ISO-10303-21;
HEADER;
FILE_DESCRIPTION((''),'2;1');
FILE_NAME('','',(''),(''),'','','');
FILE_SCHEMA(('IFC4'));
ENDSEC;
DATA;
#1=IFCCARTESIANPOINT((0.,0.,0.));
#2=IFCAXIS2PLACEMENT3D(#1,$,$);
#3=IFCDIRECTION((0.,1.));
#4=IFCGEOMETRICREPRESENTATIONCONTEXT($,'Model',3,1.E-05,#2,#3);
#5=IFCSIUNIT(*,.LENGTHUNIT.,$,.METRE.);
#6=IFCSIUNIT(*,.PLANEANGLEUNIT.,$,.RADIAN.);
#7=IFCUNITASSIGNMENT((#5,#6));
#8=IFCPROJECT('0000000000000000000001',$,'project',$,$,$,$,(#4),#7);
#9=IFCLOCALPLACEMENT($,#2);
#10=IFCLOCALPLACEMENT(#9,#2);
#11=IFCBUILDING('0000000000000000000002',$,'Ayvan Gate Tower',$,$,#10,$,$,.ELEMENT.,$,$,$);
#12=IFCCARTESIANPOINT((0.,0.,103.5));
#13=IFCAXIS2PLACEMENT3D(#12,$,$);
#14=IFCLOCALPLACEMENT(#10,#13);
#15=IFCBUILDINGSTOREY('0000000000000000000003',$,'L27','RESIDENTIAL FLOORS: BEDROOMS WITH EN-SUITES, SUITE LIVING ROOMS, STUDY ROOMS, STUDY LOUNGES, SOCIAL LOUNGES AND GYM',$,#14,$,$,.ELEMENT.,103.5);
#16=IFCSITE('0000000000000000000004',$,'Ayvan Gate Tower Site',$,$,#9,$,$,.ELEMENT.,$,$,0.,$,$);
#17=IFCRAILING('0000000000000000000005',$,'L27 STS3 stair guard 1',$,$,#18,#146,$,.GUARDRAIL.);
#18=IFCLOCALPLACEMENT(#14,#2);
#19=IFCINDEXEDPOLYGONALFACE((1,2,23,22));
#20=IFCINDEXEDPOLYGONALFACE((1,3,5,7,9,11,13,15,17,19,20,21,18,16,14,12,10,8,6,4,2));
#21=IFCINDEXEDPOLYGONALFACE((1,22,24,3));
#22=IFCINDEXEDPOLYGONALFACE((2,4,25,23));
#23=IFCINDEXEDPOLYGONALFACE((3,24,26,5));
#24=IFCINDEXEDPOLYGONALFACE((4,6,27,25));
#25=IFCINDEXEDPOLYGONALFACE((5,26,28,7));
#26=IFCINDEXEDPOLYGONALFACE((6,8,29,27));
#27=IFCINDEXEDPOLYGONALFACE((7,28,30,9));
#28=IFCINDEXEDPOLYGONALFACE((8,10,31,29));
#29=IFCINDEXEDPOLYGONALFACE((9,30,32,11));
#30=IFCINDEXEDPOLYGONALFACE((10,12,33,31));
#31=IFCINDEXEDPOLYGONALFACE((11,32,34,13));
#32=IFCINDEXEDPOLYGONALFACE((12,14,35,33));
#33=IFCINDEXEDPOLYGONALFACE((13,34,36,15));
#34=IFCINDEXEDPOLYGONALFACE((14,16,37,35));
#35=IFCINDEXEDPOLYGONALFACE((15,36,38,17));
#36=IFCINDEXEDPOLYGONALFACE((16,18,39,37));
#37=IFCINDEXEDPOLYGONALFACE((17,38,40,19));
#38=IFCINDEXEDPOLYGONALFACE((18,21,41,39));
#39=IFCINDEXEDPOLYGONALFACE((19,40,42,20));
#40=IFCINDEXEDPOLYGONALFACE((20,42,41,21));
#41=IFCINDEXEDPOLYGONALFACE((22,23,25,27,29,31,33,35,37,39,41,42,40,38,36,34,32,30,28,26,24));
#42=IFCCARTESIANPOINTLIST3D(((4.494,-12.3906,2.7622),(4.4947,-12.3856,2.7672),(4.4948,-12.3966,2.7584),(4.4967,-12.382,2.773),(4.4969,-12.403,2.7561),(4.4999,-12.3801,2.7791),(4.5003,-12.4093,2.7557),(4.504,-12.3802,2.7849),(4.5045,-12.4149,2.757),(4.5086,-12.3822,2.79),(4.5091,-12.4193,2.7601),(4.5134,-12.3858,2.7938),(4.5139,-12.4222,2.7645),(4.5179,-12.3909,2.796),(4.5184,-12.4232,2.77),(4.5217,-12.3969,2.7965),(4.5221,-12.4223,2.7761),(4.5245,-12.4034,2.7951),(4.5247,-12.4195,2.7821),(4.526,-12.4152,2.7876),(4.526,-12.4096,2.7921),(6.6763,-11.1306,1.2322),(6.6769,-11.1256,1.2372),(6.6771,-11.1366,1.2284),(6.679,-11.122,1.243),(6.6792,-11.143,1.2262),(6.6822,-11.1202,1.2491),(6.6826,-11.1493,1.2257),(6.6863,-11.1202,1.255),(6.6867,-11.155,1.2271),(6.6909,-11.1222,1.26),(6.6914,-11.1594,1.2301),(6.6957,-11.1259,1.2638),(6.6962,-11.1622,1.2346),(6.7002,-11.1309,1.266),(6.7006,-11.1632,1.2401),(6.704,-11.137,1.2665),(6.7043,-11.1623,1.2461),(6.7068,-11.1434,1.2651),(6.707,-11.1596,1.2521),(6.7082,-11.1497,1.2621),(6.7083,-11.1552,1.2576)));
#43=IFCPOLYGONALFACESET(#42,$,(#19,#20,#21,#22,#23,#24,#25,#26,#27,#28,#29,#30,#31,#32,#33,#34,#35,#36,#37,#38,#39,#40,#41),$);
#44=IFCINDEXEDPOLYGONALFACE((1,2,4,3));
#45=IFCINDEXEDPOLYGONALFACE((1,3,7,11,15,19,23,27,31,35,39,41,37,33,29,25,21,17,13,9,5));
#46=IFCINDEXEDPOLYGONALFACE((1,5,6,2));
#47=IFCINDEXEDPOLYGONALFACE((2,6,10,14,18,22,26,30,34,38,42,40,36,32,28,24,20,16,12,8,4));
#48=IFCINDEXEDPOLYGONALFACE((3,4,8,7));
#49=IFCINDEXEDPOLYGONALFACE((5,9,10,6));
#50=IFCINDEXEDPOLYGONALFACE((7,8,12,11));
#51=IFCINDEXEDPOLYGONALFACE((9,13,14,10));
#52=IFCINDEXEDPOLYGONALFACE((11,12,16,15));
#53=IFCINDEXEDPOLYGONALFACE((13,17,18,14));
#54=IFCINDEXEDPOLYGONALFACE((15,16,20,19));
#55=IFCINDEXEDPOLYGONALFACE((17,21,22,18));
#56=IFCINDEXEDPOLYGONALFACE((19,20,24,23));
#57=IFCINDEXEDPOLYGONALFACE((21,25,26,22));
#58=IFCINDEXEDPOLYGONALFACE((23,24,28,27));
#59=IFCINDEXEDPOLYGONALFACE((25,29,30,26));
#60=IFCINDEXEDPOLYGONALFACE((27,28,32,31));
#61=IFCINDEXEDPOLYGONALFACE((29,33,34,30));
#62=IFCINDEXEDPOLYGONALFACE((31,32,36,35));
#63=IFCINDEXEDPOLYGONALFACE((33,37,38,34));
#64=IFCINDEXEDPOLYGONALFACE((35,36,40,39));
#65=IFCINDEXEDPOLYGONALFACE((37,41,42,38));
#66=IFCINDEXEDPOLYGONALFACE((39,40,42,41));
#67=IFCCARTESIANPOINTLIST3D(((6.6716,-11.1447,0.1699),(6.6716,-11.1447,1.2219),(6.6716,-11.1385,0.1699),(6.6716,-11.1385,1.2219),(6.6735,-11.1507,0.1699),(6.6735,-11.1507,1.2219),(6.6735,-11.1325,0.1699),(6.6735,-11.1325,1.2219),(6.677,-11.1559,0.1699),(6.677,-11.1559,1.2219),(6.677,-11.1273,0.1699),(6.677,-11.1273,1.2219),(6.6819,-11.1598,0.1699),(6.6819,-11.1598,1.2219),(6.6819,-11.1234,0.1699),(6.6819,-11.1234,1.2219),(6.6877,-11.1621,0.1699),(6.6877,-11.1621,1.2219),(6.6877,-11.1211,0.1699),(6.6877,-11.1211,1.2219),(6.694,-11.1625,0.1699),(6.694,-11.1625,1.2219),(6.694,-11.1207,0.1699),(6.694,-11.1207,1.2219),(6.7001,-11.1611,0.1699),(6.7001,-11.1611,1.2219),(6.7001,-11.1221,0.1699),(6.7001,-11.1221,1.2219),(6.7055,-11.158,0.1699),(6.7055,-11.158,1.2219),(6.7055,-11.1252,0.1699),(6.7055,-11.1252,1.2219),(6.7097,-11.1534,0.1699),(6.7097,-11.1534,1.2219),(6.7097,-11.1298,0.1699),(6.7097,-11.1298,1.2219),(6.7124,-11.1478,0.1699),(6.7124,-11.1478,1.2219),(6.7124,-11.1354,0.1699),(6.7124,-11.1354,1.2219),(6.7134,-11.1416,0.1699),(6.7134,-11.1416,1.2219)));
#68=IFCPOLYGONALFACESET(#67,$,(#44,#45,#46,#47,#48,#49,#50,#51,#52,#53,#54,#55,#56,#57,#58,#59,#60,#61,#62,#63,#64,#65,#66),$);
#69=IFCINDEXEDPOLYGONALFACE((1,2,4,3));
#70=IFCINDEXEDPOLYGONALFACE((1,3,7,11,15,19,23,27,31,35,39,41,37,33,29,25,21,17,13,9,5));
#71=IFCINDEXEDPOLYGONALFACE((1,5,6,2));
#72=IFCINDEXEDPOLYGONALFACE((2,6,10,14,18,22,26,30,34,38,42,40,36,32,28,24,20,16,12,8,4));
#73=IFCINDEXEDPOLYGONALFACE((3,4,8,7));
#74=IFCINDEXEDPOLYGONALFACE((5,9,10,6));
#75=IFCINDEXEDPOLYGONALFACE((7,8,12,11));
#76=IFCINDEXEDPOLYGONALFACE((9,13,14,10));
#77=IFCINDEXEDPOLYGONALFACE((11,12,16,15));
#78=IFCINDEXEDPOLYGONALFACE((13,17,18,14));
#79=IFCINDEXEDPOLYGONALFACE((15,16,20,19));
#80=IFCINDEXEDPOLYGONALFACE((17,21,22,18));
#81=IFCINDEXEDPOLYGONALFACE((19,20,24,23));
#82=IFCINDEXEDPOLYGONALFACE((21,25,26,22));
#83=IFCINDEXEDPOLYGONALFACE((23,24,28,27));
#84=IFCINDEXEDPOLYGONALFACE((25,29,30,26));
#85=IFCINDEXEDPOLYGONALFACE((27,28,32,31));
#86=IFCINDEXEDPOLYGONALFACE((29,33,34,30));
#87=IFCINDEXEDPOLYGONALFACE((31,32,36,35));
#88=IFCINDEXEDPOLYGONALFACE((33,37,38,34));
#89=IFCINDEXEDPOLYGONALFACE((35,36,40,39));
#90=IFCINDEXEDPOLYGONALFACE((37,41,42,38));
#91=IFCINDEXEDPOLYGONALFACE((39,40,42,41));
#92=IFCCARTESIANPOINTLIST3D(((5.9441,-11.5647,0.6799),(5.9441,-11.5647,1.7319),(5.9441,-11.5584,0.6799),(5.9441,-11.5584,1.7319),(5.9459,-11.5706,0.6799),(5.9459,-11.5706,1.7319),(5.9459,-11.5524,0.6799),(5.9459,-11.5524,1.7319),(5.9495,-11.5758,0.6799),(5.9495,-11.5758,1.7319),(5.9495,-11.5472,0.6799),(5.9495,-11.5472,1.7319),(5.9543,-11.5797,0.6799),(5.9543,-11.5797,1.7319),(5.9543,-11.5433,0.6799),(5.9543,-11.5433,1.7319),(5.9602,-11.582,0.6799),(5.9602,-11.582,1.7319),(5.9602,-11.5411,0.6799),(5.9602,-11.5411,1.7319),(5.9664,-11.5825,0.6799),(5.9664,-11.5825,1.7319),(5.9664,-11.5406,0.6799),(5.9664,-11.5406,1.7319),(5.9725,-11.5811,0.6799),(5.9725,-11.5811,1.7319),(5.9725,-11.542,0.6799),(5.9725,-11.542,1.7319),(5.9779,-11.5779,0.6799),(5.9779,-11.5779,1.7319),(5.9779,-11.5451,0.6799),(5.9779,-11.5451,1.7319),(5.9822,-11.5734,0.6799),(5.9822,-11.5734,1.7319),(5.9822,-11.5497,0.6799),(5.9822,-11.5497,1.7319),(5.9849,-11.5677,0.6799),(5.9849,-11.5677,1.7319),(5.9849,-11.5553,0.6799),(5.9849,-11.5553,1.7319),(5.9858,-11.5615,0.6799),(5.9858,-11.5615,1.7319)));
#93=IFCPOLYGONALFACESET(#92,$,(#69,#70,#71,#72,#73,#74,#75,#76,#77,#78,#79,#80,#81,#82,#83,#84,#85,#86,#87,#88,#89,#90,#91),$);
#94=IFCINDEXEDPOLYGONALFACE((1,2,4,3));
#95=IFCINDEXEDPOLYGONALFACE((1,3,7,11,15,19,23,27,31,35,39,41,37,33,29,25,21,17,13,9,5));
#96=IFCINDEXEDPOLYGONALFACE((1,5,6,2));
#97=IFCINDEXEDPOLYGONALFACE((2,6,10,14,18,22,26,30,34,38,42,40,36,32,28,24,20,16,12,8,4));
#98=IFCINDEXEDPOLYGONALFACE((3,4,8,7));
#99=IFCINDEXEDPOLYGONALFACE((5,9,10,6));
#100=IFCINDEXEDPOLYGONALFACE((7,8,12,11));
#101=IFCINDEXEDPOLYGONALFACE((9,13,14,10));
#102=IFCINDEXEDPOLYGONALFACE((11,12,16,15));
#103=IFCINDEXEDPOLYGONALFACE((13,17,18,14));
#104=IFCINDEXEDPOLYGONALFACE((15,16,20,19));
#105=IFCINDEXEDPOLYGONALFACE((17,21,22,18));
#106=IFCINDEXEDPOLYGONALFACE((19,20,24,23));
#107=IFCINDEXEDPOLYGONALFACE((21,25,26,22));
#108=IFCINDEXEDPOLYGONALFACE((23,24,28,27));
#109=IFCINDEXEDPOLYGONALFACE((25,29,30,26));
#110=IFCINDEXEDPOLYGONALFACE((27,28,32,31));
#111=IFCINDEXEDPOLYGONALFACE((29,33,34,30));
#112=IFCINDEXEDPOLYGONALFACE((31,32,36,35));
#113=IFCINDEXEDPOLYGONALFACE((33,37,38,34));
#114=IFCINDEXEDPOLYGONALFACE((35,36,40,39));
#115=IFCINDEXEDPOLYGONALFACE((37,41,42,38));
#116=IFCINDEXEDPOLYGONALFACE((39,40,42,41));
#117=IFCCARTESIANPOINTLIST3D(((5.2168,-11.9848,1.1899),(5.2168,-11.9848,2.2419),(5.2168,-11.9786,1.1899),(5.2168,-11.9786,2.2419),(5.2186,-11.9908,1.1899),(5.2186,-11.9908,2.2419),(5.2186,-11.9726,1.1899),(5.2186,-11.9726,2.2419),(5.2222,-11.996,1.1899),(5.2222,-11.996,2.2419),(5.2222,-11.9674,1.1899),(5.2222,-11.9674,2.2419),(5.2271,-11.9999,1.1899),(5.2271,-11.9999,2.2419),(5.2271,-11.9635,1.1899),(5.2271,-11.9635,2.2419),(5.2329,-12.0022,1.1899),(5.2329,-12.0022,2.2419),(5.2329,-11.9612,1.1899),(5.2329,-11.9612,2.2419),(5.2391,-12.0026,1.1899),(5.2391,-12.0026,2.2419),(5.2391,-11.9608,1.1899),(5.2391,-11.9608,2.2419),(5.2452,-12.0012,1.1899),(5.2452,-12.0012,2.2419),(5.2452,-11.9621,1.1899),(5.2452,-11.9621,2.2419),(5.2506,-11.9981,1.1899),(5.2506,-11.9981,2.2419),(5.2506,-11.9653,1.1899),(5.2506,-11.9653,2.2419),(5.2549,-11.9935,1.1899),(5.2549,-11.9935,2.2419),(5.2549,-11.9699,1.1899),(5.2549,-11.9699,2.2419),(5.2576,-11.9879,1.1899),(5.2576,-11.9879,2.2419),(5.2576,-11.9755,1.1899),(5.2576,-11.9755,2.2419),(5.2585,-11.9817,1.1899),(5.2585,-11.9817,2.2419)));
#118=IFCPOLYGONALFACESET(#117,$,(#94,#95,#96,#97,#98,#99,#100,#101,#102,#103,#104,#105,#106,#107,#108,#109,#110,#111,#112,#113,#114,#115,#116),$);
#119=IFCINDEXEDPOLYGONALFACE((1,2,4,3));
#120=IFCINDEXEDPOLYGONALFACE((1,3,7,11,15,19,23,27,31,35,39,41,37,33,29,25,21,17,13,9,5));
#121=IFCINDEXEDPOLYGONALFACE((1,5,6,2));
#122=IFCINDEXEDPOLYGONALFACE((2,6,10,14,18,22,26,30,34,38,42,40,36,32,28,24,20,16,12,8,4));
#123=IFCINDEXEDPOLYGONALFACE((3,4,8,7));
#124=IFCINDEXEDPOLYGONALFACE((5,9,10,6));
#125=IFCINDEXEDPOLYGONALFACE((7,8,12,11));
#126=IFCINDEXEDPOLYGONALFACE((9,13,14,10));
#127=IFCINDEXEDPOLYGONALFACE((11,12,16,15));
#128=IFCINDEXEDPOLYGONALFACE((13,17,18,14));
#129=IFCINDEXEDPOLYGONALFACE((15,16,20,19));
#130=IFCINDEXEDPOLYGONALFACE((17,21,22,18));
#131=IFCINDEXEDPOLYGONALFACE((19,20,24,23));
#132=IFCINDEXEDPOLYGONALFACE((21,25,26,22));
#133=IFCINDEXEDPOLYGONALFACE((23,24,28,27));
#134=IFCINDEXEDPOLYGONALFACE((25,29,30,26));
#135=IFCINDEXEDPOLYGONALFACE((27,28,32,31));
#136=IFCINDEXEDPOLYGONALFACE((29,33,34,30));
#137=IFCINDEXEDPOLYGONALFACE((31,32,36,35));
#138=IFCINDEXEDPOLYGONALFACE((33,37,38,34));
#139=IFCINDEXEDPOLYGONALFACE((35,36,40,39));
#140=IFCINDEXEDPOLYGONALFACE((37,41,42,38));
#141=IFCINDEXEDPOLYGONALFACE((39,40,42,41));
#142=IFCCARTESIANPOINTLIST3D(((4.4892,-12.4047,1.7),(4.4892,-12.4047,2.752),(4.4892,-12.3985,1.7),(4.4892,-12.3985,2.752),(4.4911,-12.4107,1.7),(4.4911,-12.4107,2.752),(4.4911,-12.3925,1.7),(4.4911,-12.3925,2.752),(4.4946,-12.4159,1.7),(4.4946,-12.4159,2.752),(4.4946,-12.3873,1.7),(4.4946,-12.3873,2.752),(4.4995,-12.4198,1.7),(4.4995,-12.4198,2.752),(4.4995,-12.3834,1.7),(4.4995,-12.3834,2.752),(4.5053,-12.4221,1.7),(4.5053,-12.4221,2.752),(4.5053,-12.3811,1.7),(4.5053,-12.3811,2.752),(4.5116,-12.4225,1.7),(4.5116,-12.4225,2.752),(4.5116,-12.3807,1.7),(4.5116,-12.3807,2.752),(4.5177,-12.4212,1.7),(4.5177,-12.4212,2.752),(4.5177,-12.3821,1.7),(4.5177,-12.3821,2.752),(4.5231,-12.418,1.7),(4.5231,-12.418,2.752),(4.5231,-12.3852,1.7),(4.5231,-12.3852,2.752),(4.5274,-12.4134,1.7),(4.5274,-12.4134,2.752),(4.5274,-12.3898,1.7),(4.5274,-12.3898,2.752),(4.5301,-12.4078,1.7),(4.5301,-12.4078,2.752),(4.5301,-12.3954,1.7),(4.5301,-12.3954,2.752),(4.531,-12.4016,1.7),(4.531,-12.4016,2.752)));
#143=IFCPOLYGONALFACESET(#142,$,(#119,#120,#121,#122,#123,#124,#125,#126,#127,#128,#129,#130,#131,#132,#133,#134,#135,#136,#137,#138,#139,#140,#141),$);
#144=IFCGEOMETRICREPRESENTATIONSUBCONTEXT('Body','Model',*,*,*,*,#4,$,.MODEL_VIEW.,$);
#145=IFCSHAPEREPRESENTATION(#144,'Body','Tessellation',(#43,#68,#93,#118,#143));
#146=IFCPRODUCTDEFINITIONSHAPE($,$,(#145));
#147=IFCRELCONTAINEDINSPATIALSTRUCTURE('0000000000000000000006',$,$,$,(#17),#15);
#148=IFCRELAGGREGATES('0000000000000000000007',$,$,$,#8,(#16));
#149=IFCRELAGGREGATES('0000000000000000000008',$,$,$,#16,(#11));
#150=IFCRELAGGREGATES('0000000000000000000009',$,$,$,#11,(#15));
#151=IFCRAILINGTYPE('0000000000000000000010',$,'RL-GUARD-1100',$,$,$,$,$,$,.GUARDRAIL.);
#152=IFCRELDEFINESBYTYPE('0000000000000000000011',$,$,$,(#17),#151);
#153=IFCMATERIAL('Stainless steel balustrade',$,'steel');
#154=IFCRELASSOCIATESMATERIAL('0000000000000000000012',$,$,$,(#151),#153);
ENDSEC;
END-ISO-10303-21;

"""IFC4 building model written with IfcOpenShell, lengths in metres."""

from ifc_helpers import new_model, si_unit, direction, frame, origin, origin_2d, place, context, subcontext, project, spatial, circle, extrude, material, type_object, element, save


model = new_model("IFC4")

# Units and contexts
model_context = context("Model", 3, precision=1e-05, world=origin(), true_north=direction((0.0, 1.0)))
body_context = subcontext(model_context, "Body", "Model", "MODEL_VIEW")
ifc_project = project(units=[si_unit("LENGTHUNIT", "METRE"), si_unit("PLANEANGLEUNIT", "RADIAN")], contexts=[model_context])

# Site, building, storey
site_placement = place(None, origin())
site = spatial("IfcSite", under=ifc_project, at=site_placement, Name="Ayvan Gate Tower Site", CompositionType="ELEMENT", RefElevation=0.0)
building_placement = place(site_placement, origin())
building = spatial("IfcBuilding", under=site, at=building_placement, Name="Ayvan Gate Tower", CompositionType="ELEMENT")
storey_placement = place(building_placement, frame((0.0, 0.0, 103.5)))
storey = spatial("IfcBuildingStorey", under=building, at=storey_placement, Name="L27", Description="RESIDENTIAL FLOORS: BEDROOMS WITH EN-SUITES, SUITE LIVING ROOMS, STUDY ROOMS, STUDY LOUNGES, SOCIAL LOUNGES AND GYM", CompositionType="ELEMENT", Elevation=103.5)

# Railing
ifc_material_1 = material(Name="Stainless steel balustrade", Category="steel")
railing_type_1 = type_object("IfcRailingType", Name="RL-GUARD-1100", PredefinedType="GUARDRAIL", material=ifc_material_1)
railing_1_placement = place(storey_placement, frame((6.6924, -11.1416, 0.1699)))
element("IfcRailing", 1, at=railing_1_placement, inside=storey, type_object=railing_type_1, Name="L27 STS3 stair guard 1", PredefinedType="GUARDRAIL", context=body_context, shape_type="SweptSolid", body=[
    extrude(circle(Radius=0.0239, at=origin_2d()), frame((0.0, 0.0, 1.0762), z_axis=(-0.740261, -0.427395, 0.518986), x_axis=(0.500005, -0.866023, 0.0)), (0.0, 0.0, 1.0), 2.948),
    extrude(circle(Radius=0.021, at=origin_2d()), origin(), (0.0, 0.0, 1.0), 1.052),
    extrude(circle(Radius=0.021, at=origin_2d()), frame((-0.7275, -0.4199, 0.51)), (0.0, 0.0, 1.0), 1.052),
    extrude(circle(Radius=0.021, at=origin_2d()), frame((-1.4548, -0.8401, 1.02)), (0.0, 0.0, 1.0), 1.052),
    extrude(circle(Radius=0.021, at=origin_2d()), frame((-2.1824, -1.26, 1.53)), (0.0, 0.0, 1.0), 1.052),
])

save(model, "model.ifc")
